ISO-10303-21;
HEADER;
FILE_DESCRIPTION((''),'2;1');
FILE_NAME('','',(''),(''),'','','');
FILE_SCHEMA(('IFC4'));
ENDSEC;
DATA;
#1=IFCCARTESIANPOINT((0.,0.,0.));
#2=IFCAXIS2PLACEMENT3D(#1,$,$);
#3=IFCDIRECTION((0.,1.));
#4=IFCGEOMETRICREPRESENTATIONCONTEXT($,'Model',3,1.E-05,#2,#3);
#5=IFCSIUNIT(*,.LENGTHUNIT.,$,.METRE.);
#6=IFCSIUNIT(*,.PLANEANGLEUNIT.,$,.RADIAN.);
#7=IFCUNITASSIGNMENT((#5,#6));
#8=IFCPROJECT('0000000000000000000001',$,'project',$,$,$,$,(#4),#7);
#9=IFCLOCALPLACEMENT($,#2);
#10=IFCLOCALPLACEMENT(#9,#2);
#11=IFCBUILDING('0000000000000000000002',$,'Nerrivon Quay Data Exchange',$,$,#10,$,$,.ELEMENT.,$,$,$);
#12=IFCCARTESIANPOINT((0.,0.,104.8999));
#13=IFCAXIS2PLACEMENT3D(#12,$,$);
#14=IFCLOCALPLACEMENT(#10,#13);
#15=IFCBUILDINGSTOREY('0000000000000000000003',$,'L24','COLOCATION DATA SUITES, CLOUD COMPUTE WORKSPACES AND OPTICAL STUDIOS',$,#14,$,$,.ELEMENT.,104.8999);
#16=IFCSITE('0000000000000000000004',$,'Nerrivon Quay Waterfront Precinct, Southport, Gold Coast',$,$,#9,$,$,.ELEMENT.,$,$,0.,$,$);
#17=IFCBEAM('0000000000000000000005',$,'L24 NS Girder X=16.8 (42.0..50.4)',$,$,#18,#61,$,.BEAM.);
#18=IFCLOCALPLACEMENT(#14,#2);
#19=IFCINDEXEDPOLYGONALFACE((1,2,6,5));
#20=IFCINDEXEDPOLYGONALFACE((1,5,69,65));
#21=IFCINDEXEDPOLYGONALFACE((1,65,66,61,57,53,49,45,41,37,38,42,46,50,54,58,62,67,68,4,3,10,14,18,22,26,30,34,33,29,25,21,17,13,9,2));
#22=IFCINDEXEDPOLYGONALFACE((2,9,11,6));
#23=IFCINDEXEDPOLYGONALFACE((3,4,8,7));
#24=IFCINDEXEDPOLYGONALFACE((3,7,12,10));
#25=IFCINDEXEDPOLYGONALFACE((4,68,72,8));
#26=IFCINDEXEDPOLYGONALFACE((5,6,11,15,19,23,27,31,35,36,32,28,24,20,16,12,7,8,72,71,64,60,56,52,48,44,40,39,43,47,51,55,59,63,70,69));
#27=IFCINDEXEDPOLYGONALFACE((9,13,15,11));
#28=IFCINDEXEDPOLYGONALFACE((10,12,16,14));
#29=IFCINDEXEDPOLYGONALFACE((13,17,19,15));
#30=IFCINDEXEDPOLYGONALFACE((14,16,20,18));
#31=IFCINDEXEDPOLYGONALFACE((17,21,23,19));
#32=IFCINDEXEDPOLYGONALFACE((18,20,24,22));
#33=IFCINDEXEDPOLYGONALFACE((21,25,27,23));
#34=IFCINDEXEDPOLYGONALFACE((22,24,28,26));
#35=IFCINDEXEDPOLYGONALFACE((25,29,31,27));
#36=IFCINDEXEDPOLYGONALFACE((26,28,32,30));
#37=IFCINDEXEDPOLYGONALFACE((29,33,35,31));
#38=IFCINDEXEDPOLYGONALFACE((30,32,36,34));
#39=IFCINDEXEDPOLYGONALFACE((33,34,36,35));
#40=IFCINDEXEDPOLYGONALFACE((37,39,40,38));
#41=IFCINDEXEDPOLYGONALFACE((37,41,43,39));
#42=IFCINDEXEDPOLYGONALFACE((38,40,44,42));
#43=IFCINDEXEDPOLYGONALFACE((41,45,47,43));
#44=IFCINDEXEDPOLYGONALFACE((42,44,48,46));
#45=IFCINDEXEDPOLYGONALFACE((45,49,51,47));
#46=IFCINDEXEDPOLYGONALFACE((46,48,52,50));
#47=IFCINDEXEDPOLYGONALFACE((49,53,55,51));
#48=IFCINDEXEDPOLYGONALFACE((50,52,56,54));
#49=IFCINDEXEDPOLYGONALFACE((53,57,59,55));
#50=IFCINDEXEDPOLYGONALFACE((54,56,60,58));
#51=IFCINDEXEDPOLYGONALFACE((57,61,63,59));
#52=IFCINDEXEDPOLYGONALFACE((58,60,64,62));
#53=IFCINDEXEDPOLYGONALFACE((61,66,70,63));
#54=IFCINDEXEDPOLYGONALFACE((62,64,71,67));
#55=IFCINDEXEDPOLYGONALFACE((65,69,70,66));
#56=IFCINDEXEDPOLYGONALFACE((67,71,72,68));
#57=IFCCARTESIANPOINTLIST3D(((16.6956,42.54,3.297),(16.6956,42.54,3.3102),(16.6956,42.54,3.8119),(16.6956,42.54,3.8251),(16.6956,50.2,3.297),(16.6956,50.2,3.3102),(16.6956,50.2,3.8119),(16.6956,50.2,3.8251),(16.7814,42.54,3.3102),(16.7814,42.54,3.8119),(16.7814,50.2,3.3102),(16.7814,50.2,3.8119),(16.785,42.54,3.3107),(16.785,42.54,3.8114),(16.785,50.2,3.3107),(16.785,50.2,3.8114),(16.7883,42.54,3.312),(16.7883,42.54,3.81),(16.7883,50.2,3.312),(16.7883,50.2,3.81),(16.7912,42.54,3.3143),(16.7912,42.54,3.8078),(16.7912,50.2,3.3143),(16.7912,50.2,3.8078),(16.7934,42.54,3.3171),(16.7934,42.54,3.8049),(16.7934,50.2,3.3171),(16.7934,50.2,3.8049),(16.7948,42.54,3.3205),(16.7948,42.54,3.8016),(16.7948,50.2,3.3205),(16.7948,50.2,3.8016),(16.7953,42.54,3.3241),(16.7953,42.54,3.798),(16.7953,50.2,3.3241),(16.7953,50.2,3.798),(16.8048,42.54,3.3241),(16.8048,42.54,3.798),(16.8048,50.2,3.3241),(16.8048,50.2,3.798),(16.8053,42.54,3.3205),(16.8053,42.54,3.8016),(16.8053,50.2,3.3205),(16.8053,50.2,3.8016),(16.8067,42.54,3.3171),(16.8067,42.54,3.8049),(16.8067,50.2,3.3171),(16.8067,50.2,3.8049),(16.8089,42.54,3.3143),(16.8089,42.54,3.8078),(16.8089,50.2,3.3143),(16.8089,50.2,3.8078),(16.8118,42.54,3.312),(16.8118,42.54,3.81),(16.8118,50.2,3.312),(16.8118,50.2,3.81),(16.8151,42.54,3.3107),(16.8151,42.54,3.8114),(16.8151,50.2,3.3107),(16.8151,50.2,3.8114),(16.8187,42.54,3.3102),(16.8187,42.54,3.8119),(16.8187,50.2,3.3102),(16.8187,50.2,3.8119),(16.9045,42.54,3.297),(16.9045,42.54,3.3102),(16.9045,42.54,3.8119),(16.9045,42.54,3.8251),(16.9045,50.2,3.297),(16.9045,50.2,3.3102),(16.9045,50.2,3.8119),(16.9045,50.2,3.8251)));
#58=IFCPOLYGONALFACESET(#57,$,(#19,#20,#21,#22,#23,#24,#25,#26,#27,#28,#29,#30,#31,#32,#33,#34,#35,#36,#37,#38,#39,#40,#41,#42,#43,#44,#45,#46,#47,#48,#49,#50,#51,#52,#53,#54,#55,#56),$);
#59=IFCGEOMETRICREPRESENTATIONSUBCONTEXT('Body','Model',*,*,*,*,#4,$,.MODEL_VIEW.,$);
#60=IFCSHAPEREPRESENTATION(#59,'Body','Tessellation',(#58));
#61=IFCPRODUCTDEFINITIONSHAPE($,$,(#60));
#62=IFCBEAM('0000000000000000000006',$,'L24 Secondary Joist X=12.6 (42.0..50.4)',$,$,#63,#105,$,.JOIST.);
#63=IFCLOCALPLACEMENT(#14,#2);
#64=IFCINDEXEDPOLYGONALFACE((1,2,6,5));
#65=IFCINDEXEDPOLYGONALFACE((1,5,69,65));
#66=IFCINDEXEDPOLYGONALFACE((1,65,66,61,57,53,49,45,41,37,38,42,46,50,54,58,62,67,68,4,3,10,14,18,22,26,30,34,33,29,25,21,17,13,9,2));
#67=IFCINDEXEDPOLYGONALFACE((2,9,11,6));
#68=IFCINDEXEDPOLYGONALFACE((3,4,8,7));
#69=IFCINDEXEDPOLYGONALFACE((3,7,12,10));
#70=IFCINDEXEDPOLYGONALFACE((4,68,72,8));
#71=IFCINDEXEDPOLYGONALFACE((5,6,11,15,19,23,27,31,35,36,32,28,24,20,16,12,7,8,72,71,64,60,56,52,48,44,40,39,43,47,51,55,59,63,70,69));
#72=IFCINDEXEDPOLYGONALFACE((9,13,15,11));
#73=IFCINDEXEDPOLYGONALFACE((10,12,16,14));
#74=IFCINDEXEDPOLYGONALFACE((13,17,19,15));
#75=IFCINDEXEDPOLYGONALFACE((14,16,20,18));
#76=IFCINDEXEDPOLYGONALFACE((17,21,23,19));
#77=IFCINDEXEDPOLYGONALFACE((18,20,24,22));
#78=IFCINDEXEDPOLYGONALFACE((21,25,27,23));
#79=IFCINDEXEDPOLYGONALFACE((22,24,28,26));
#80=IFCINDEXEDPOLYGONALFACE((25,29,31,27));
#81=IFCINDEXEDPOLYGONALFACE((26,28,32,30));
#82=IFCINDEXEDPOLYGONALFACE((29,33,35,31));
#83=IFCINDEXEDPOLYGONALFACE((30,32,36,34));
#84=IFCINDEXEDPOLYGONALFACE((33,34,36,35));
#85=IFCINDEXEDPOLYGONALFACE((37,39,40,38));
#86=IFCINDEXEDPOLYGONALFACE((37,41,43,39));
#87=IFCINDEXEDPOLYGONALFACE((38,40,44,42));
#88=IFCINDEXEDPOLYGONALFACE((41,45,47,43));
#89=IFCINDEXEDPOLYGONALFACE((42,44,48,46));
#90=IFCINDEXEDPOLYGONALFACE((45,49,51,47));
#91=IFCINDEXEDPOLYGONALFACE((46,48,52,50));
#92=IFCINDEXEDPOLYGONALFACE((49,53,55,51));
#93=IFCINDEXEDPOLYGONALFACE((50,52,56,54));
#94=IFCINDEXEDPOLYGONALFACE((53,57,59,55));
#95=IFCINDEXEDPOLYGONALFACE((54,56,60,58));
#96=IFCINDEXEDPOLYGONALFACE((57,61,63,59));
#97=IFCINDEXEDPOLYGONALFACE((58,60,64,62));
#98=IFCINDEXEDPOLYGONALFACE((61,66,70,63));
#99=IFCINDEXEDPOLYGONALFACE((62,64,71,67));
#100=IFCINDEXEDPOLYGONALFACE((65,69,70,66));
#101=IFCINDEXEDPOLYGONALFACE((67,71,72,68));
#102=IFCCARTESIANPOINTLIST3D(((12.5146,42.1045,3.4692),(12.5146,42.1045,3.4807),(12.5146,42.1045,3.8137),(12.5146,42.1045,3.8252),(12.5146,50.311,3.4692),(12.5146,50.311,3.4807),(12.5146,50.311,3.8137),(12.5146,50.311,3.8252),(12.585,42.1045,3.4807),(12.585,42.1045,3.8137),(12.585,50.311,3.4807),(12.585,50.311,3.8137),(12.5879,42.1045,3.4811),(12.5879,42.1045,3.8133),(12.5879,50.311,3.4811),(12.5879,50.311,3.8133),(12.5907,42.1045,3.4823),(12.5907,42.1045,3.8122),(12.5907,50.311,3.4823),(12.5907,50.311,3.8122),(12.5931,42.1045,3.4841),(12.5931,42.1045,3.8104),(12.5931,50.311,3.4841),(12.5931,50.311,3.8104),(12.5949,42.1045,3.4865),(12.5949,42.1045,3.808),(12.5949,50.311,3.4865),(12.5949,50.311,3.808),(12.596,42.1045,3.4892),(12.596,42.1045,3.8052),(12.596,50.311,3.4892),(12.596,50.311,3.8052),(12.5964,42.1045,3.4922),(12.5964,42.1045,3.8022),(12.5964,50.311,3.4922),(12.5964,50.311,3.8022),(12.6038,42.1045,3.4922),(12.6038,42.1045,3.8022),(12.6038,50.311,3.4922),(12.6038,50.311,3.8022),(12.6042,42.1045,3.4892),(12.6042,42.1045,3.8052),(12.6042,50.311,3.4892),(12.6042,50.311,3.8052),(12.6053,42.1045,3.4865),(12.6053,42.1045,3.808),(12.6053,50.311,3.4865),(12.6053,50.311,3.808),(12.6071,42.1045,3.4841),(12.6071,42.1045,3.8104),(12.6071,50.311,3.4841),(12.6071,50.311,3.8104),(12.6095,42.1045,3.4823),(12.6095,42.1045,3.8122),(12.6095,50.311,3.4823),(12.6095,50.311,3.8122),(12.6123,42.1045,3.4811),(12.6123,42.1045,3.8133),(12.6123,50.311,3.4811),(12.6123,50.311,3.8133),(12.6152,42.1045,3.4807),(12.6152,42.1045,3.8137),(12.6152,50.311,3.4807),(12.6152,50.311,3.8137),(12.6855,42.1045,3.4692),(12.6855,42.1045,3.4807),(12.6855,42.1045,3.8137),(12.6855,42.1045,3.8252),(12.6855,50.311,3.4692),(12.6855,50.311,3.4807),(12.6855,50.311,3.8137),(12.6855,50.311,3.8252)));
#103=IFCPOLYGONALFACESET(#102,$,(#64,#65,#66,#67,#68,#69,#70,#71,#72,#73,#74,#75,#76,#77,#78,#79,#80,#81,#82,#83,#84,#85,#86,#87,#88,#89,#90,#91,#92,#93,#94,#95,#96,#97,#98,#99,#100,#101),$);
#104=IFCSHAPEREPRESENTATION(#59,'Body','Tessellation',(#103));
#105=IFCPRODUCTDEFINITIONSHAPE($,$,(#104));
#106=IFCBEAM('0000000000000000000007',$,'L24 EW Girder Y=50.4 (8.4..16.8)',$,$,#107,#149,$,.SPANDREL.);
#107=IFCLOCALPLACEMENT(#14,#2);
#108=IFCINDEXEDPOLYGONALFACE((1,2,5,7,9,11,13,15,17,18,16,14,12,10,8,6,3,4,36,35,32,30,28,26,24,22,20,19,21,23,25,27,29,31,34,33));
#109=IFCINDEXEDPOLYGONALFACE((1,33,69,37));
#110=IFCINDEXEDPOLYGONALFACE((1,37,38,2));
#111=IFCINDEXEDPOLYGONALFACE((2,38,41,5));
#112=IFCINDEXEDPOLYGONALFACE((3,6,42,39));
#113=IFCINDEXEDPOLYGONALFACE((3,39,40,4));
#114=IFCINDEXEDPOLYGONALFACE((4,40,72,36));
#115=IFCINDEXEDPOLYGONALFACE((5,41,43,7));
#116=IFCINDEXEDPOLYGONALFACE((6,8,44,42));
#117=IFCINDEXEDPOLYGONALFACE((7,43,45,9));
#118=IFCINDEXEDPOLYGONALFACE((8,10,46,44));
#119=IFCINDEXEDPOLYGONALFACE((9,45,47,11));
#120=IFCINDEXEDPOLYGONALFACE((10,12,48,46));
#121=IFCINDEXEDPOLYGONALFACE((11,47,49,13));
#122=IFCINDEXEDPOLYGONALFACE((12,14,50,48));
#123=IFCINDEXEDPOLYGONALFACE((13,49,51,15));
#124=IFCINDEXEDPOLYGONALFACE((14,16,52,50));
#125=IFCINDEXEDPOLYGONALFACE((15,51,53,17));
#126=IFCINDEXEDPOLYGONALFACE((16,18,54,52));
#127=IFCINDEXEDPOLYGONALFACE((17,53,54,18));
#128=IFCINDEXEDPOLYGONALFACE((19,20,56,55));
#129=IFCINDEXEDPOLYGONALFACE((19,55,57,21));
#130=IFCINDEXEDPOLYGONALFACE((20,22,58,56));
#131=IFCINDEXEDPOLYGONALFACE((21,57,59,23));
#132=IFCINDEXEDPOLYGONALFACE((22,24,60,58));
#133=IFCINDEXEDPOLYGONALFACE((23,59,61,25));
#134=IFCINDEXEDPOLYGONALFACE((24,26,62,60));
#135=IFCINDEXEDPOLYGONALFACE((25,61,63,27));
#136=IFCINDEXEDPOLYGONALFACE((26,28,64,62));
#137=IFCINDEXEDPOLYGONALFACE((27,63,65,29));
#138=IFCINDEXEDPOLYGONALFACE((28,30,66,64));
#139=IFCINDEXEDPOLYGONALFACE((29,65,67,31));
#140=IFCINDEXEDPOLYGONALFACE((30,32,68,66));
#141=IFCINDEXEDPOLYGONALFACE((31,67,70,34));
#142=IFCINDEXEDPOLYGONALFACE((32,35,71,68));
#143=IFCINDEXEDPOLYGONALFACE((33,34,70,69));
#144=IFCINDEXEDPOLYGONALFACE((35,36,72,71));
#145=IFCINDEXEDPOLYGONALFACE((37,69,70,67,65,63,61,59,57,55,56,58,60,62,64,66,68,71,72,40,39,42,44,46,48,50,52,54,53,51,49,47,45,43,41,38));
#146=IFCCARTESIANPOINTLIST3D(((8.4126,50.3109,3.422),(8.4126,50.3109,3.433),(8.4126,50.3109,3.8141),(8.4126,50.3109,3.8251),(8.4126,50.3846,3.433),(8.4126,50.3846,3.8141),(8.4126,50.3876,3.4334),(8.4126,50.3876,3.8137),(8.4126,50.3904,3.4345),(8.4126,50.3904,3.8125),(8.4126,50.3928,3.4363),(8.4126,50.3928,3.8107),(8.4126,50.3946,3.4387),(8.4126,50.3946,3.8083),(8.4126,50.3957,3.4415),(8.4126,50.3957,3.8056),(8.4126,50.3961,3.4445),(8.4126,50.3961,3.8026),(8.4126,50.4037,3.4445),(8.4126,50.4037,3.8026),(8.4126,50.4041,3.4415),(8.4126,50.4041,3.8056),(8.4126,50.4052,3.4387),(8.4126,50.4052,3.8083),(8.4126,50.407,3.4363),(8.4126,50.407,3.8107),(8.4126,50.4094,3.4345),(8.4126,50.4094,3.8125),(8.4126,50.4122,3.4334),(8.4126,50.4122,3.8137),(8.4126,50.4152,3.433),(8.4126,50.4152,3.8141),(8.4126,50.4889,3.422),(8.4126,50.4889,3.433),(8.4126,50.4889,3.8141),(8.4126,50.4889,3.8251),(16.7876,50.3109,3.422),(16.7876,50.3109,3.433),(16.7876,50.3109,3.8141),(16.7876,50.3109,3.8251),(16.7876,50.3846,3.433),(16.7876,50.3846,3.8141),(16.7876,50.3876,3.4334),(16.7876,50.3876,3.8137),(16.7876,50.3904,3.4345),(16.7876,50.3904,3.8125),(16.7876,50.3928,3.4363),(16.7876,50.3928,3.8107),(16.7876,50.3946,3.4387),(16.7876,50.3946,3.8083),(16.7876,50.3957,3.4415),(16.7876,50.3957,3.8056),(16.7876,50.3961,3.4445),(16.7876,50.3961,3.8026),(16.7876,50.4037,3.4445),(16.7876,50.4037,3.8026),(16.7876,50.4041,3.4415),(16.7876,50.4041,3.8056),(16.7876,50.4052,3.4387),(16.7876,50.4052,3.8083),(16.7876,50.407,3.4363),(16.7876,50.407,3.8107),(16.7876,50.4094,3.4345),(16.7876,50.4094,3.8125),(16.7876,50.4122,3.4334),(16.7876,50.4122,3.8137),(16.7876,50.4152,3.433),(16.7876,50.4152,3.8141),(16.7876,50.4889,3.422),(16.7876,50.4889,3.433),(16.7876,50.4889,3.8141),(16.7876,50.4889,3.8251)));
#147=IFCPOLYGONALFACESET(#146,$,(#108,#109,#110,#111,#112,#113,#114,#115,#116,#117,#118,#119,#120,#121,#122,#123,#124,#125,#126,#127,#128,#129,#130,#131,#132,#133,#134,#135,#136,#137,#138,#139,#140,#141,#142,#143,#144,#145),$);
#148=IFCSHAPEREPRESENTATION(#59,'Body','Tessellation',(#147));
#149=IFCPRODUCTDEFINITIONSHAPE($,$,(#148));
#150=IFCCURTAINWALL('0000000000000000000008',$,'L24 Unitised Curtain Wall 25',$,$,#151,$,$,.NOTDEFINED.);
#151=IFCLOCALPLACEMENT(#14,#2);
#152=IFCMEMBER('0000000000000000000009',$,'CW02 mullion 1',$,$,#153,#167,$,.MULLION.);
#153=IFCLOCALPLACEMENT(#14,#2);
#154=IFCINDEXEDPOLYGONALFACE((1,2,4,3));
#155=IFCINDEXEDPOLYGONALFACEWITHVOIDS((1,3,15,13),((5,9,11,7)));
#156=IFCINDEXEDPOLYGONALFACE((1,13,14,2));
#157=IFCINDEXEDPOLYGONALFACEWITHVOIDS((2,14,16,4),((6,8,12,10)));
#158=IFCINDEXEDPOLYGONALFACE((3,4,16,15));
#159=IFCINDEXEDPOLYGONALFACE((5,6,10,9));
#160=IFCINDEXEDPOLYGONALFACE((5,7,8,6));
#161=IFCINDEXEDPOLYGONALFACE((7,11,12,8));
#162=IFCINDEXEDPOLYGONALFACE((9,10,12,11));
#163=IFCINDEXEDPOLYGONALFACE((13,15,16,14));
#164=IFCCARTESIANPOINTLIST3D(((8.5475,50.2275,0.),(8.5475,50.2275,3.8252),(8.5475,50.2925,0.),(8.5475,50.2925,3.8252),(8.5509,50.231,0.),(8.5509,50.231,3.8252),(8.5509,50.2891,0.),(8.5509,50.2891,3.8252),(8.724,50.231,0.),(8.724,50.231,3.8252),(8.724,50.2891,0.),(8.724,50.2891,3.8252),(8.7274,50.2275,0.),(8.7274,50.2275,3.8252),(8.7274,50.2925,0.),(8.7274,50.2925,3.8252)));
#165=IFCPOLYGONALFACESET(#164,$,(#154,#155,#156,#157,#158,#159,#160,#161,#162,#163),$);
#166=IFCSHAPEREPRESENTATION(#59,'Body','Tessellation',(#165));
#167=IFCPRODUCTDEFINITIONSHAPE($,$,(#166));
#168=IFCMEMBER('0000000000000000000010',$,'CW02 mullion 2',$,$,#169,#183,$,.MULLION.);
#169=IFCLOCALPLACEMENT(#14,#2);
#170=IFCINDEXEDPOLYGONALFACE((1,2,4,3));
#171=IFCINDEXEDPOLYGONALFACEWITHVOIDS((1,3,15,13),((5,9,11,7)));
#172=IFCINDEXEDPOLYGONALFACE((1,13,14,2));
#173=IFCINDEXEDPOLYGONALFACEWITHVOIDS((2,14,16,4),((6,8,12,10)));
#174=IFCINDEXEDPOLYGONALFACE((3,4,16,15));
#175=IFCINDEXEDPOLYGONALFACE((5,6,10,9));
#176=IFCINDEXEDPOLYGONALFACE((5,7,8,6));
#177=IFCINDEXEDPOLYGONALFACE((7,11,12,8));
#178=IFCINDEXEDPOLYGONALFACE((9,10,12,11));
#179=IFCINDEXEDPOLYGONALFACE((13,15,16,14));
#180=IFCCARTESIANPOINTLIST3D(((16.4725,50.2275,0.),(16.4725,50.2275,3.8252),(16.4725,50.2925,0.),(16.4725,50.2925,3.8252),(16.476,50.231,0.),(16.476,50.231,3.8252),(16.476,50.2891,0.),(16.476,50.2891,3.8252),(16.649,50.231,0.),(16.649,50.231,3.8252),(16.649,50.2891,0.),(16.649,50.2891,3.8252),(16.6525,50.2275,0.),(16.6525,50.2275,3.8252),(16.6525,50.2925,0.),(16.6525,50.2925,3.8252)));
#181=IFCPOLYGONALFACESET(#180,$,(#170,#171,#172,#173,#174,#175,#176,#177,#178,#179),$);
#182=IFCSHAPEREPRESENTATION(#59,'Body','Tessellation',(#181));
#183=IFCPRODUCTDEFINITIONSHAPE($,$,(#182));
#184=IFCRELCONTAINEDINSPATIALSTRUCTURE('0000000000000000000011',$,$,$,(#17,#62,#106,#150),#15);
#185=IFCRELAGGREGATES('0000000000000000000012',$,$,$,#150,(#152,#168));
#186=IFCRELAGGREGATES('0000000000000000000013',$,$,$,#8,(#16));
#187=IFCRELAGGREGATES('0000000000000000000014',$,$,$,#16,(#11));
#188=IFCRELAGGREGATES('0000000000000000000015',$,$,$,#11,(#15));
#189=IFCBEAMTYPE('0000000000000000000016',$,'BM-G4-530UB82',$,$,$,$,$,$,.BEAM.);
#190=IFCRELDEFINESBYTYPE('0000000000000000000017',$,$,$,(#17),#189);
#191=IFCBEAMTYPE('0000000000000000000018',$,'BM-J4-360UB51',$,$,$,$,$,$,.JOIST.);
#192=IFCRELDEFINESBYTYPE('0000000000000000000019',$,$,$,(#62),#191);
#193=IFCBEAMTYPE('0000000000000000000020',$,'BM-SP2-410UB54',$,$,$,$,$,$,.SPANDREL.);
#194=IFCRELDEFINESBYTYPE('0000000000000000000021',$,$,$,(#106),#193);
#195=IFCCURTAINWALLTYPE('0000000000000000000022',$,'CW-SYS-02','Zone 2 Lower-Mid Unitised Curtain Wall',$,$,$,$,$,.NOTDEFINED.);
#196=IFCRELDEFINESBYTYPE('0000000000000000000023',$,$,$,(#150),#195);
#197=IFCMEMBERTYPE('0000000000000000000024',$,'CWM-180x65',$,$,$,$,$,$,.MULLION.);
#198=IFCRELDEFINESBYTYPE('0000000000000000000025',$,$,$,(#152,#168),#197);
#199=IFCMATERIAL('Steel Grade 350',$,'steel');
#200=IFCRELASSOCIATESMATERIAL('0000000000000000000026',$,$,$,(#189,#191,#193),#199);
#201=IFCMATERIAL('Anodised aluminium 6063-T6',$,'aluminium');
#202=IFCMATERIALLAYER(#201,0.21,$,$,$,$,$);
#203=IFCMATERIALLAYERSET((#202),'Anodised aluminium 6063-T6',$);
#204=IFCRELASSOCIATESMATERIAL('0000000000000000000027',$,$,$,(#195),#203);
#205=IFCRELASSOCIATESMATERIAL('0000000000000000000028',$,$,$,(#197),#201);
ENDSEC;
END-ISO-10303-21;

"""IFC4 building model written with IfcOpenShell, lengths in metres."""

from ifc_helpers import new_model, si_unit, direction, frame, origin, origin_2d, place, context, subcontext, project, spatial, hollow_rectangle, i_section, extrude, material, layer, layer_set, material_profile, profile_set, type_object, element, aggregate, save


model = new_model("IFC4")

# Units and contexts
model_context = context("Model", 3, precision=1e-05, world=origin(), true_north=direction((0.0, 1.0)))
body_context = subcontext(model_context, "Body", "Model", "MODEL_VIEW")
ifc_project = project(units=[si_unit("LENGTHUNIT", "METRE"), si_unit("PLANEANGLEUNIT", "RADIAN")], contexts=[model_context])

# Site, building, storey
site_placement = place(None, origin())
site = spatial("IfcSite", under=ifc_project, at=site_placement, Name="Nerrivon Quay Waterfront Precinct, Southport, Gold Coast", CompositionType="ELEMENT", RefElevation=0.0)
building_placement = place(site_placement, origin())
building = spatial("IfcBuilding", under=site, at=building_placement, Name="Nerrivon Quay Data Exchange", CompositionType="ELEMENT")
storey_placement = place(building_placement, frame((0.0, 0.0, 104.8999)))
storey = spatial("IfcBuildingStorey", under=building, at=storey_placement, Name="L24", Description="COLOCATION DATA SUITES, CLOUD COMPUTE WORKSPACES AND OPTICAL STUDIOS", CompositionType="ELEMENT", Elevation=104.8999)

# Shared definitions
ifc_material_1 = material(Name="Steel Grade 350", Category="steel")

# Beams
ifc_material_profile_1 = material_profile(ifc_material_1, i_section(OverallWidth=0.209, OverallDepth=0.5281, WebThickness=0.0095, FlangeThickness=0.0132, FilletRadius=0.0139, at=origin_2d()), Name="530UB82.0")
ifc_profile_set_1 = profile_set([ifc_material_profile_1], Name="Steel Grade 350")
beam_type_1 = type_object("IfcBeamType", Name="BM-G4-530UB82", PredefinedType="BEAM", material=ifc_profile_set_1)
for number, where, z_axis, x_axis, name in (
    (1, (16.8, 42.54, 3.561), (0.0, 1.0, 0.0), (-1.0, 0.0, 0.0), "L24 NS Girder X=16.8 (42.0..50.4)"),
):
    element("IfcBeam", number, at=place(storey_placement, frame(where, z_axis=z_axis, x_axis=x_axis)), inside=storey, type_object=beam_type_1, Name=name, PredefinedType="BEAM", context=body_context, shape_type="SweptSolid", body=[
        extrude(i_section(OverallWidth=0.209, OverallDepth=0.5281, WebThickness=0.0095, FlangeThickness=0.0132, FilletRadius=0.0139, at=origin_2d()), origin(), (0.0, 0.0, 1.0), 7.6599),
    ])
ifc_material_profile_2 = material_profile(ifc_material_1, i_section(OverallWidth=0.1709, OverallDepth=0.356, WebThickness=0.0073, FlangeThickness=0.0115, FilletRadius=0.0115, at=origin_2d()), Name="360UB50.7")
ifc_profile_set_2 = profile_set([ifc_material_profile_2], Name="Steel Grade 350")
beam_type_2 = type_object("IfcBeamType", Name="BM-J4-360UB51", PredefinedType="JOIST", material=ifc_profile_set_2)
beam_1_placement = place(storey_placement, frame((12.6001, 42.1045, 3.6472), z_axis=(0.0, 1.0, 0.0), x_axis=(-1.0, 0.0, 0.0)))
element("IfcBeam", 2, at=beam_1_placement, inside=storey, type_object=beam_type_2, Name="L24 Secondary Joist X=12.6 (42.0..50.4)", PredefinedType="JOIST", context=body_context, shape_type="SweptSolid", body=[
    extrude(i_section(OverallWidth=0.1709, OverallDepth=0.356, WebThickness=0.0073, FlangeThickness=0.0115, FilletRadius=0.0115, at=origin_2d()), origin(), (0.0, 0.0, 1.0), 8.2065),
])
ifc_material_profile_3 = material_profile(ifc_material_1, i_section(OverallWidth=0.178, OverallDepth=0.4031, WebThickness=0.0076, FlangeThickness=0.011, FilletRadius=0.0115, at=origin_2d()), Name="410UB53.7")
ifc_profile_set_3 = profile_set([ifc_material_profile_3], Name="Steel Grade 350")
beam_type_3 = type_object("IfcBeamType", Name="BM-SP2-410UB54", PredefinedType="SPANDREL", material=ifc_profile_set_3)
beam_2_placement = place(storey_placement, frame((8.4126, 50.3999, 3.6235), z_axis=(1.0, 0.0, 0.0), x_axis=(0.0, 1.0, 0.0)))
element("IfcBeam", 3, at=beam_2_placement, inside=storey, type_object=beam_type_3, Name="L24 EW Girder Y=50.4 (8.4..16.8)", PredefinedType="SPANDREL", context=body_context, shape_type="SweptSolid", body=[
    extrude(i_section(OverallWidth=0.178, OverallDepth=0.4031, WebThickness=0.0076, FlangeThickness=0.011, FilletRadius=0.0115, at=origin_2d()), origin(), (0.0, 0.0, 1.0), 8.375),
])

# Curtain wall, members
ifc_material_2 = material(Name="Anodised aluminium 6063-T6", Category="aluminium")
ifc_layer_1 = layer(ifc_material_2, 0.21)
ifc_layer_set_1 = layer_set([ifc_layer_1], Name="Anodised aluminium 6063-T6")
curtain_wall_type = type_object("IfcCurtainWallType", Name="CW-SYS-02", Description="Zone 2 Lower-Mid Unitised Curtain Wall", PredefinedType="NOTDEFINED", material=ifc_layer_set_1)
curtain_wall_1_placement = place(storey_placement, origin())
curtain_wall_1 = element("IfcCurtainWall", 4, at=curtain_wall_1_placement, inside=storey, type_object=curtain_wall_type, Name="L24 Unitised Curtain Wall 25", PredefinedType="NOTDEFINED")
ifc_material_profile_4 = material_profile(ifc_material_2, hollow_rectangle(XDim=0.0649, YDim=0.1799, WallThickness=0.0034, at=origin_2d()), Name="ALU-MULL-180x65")
ifc_profile_set_4 = profile_set([ifc_material_profile_4], Name="Anodised aluminium 6063-T6")
member_type_1 = type_object("IfcMemberType", Name="CWM-180x65", PredefinedType="MULLION", material=ifc_profile_set_4)
member_1_placement = place(storey_placement, frame((8.6375, 50.26, 0.0), z_axis=(0.0, 0.0, 1.0), x_axis=(0.0, 1.0, 0.0)))
member_1 = element("IfcMember", 5, at=member_1_placement, type_object=member_type_1, Name="CW02 mullion 1", PredefinedType="MULLION", context=body_context, shape_type="SweptSolid", body=[
    extrude(hollow_rectangle(XDim=0.0649, YDim=0.1799, WallThickness=0.0034, at=origin_2d()), origin(), (0.0, 0.0, 1.0), 3.8252),
])
member_2_placement = place(storey_placement, frame((16.5625, 50.26, 0.0), z_axis=(0.0, 0.0, 1.0), x_axis=(0.0, 1.0, 0.0)))
member_2 = element("IfcMember", 6, at=member_2_placement, type_object=member_type_1, Name="CW02 mullion 2", PredefinedType="MULLION", context=body_context, shape_type="SweptSolid", body=[
    extrude(hollow_rectangle(XDim=0.0649, YDim=0.1799, WallThickness=0.0034, at=origin_2d()), origin(), (0.0, 0.0, 1.0), 3.8252),
])

aggregate(curtain_wall_1, [member_1, member_2])

save(model, "model.ifc")
